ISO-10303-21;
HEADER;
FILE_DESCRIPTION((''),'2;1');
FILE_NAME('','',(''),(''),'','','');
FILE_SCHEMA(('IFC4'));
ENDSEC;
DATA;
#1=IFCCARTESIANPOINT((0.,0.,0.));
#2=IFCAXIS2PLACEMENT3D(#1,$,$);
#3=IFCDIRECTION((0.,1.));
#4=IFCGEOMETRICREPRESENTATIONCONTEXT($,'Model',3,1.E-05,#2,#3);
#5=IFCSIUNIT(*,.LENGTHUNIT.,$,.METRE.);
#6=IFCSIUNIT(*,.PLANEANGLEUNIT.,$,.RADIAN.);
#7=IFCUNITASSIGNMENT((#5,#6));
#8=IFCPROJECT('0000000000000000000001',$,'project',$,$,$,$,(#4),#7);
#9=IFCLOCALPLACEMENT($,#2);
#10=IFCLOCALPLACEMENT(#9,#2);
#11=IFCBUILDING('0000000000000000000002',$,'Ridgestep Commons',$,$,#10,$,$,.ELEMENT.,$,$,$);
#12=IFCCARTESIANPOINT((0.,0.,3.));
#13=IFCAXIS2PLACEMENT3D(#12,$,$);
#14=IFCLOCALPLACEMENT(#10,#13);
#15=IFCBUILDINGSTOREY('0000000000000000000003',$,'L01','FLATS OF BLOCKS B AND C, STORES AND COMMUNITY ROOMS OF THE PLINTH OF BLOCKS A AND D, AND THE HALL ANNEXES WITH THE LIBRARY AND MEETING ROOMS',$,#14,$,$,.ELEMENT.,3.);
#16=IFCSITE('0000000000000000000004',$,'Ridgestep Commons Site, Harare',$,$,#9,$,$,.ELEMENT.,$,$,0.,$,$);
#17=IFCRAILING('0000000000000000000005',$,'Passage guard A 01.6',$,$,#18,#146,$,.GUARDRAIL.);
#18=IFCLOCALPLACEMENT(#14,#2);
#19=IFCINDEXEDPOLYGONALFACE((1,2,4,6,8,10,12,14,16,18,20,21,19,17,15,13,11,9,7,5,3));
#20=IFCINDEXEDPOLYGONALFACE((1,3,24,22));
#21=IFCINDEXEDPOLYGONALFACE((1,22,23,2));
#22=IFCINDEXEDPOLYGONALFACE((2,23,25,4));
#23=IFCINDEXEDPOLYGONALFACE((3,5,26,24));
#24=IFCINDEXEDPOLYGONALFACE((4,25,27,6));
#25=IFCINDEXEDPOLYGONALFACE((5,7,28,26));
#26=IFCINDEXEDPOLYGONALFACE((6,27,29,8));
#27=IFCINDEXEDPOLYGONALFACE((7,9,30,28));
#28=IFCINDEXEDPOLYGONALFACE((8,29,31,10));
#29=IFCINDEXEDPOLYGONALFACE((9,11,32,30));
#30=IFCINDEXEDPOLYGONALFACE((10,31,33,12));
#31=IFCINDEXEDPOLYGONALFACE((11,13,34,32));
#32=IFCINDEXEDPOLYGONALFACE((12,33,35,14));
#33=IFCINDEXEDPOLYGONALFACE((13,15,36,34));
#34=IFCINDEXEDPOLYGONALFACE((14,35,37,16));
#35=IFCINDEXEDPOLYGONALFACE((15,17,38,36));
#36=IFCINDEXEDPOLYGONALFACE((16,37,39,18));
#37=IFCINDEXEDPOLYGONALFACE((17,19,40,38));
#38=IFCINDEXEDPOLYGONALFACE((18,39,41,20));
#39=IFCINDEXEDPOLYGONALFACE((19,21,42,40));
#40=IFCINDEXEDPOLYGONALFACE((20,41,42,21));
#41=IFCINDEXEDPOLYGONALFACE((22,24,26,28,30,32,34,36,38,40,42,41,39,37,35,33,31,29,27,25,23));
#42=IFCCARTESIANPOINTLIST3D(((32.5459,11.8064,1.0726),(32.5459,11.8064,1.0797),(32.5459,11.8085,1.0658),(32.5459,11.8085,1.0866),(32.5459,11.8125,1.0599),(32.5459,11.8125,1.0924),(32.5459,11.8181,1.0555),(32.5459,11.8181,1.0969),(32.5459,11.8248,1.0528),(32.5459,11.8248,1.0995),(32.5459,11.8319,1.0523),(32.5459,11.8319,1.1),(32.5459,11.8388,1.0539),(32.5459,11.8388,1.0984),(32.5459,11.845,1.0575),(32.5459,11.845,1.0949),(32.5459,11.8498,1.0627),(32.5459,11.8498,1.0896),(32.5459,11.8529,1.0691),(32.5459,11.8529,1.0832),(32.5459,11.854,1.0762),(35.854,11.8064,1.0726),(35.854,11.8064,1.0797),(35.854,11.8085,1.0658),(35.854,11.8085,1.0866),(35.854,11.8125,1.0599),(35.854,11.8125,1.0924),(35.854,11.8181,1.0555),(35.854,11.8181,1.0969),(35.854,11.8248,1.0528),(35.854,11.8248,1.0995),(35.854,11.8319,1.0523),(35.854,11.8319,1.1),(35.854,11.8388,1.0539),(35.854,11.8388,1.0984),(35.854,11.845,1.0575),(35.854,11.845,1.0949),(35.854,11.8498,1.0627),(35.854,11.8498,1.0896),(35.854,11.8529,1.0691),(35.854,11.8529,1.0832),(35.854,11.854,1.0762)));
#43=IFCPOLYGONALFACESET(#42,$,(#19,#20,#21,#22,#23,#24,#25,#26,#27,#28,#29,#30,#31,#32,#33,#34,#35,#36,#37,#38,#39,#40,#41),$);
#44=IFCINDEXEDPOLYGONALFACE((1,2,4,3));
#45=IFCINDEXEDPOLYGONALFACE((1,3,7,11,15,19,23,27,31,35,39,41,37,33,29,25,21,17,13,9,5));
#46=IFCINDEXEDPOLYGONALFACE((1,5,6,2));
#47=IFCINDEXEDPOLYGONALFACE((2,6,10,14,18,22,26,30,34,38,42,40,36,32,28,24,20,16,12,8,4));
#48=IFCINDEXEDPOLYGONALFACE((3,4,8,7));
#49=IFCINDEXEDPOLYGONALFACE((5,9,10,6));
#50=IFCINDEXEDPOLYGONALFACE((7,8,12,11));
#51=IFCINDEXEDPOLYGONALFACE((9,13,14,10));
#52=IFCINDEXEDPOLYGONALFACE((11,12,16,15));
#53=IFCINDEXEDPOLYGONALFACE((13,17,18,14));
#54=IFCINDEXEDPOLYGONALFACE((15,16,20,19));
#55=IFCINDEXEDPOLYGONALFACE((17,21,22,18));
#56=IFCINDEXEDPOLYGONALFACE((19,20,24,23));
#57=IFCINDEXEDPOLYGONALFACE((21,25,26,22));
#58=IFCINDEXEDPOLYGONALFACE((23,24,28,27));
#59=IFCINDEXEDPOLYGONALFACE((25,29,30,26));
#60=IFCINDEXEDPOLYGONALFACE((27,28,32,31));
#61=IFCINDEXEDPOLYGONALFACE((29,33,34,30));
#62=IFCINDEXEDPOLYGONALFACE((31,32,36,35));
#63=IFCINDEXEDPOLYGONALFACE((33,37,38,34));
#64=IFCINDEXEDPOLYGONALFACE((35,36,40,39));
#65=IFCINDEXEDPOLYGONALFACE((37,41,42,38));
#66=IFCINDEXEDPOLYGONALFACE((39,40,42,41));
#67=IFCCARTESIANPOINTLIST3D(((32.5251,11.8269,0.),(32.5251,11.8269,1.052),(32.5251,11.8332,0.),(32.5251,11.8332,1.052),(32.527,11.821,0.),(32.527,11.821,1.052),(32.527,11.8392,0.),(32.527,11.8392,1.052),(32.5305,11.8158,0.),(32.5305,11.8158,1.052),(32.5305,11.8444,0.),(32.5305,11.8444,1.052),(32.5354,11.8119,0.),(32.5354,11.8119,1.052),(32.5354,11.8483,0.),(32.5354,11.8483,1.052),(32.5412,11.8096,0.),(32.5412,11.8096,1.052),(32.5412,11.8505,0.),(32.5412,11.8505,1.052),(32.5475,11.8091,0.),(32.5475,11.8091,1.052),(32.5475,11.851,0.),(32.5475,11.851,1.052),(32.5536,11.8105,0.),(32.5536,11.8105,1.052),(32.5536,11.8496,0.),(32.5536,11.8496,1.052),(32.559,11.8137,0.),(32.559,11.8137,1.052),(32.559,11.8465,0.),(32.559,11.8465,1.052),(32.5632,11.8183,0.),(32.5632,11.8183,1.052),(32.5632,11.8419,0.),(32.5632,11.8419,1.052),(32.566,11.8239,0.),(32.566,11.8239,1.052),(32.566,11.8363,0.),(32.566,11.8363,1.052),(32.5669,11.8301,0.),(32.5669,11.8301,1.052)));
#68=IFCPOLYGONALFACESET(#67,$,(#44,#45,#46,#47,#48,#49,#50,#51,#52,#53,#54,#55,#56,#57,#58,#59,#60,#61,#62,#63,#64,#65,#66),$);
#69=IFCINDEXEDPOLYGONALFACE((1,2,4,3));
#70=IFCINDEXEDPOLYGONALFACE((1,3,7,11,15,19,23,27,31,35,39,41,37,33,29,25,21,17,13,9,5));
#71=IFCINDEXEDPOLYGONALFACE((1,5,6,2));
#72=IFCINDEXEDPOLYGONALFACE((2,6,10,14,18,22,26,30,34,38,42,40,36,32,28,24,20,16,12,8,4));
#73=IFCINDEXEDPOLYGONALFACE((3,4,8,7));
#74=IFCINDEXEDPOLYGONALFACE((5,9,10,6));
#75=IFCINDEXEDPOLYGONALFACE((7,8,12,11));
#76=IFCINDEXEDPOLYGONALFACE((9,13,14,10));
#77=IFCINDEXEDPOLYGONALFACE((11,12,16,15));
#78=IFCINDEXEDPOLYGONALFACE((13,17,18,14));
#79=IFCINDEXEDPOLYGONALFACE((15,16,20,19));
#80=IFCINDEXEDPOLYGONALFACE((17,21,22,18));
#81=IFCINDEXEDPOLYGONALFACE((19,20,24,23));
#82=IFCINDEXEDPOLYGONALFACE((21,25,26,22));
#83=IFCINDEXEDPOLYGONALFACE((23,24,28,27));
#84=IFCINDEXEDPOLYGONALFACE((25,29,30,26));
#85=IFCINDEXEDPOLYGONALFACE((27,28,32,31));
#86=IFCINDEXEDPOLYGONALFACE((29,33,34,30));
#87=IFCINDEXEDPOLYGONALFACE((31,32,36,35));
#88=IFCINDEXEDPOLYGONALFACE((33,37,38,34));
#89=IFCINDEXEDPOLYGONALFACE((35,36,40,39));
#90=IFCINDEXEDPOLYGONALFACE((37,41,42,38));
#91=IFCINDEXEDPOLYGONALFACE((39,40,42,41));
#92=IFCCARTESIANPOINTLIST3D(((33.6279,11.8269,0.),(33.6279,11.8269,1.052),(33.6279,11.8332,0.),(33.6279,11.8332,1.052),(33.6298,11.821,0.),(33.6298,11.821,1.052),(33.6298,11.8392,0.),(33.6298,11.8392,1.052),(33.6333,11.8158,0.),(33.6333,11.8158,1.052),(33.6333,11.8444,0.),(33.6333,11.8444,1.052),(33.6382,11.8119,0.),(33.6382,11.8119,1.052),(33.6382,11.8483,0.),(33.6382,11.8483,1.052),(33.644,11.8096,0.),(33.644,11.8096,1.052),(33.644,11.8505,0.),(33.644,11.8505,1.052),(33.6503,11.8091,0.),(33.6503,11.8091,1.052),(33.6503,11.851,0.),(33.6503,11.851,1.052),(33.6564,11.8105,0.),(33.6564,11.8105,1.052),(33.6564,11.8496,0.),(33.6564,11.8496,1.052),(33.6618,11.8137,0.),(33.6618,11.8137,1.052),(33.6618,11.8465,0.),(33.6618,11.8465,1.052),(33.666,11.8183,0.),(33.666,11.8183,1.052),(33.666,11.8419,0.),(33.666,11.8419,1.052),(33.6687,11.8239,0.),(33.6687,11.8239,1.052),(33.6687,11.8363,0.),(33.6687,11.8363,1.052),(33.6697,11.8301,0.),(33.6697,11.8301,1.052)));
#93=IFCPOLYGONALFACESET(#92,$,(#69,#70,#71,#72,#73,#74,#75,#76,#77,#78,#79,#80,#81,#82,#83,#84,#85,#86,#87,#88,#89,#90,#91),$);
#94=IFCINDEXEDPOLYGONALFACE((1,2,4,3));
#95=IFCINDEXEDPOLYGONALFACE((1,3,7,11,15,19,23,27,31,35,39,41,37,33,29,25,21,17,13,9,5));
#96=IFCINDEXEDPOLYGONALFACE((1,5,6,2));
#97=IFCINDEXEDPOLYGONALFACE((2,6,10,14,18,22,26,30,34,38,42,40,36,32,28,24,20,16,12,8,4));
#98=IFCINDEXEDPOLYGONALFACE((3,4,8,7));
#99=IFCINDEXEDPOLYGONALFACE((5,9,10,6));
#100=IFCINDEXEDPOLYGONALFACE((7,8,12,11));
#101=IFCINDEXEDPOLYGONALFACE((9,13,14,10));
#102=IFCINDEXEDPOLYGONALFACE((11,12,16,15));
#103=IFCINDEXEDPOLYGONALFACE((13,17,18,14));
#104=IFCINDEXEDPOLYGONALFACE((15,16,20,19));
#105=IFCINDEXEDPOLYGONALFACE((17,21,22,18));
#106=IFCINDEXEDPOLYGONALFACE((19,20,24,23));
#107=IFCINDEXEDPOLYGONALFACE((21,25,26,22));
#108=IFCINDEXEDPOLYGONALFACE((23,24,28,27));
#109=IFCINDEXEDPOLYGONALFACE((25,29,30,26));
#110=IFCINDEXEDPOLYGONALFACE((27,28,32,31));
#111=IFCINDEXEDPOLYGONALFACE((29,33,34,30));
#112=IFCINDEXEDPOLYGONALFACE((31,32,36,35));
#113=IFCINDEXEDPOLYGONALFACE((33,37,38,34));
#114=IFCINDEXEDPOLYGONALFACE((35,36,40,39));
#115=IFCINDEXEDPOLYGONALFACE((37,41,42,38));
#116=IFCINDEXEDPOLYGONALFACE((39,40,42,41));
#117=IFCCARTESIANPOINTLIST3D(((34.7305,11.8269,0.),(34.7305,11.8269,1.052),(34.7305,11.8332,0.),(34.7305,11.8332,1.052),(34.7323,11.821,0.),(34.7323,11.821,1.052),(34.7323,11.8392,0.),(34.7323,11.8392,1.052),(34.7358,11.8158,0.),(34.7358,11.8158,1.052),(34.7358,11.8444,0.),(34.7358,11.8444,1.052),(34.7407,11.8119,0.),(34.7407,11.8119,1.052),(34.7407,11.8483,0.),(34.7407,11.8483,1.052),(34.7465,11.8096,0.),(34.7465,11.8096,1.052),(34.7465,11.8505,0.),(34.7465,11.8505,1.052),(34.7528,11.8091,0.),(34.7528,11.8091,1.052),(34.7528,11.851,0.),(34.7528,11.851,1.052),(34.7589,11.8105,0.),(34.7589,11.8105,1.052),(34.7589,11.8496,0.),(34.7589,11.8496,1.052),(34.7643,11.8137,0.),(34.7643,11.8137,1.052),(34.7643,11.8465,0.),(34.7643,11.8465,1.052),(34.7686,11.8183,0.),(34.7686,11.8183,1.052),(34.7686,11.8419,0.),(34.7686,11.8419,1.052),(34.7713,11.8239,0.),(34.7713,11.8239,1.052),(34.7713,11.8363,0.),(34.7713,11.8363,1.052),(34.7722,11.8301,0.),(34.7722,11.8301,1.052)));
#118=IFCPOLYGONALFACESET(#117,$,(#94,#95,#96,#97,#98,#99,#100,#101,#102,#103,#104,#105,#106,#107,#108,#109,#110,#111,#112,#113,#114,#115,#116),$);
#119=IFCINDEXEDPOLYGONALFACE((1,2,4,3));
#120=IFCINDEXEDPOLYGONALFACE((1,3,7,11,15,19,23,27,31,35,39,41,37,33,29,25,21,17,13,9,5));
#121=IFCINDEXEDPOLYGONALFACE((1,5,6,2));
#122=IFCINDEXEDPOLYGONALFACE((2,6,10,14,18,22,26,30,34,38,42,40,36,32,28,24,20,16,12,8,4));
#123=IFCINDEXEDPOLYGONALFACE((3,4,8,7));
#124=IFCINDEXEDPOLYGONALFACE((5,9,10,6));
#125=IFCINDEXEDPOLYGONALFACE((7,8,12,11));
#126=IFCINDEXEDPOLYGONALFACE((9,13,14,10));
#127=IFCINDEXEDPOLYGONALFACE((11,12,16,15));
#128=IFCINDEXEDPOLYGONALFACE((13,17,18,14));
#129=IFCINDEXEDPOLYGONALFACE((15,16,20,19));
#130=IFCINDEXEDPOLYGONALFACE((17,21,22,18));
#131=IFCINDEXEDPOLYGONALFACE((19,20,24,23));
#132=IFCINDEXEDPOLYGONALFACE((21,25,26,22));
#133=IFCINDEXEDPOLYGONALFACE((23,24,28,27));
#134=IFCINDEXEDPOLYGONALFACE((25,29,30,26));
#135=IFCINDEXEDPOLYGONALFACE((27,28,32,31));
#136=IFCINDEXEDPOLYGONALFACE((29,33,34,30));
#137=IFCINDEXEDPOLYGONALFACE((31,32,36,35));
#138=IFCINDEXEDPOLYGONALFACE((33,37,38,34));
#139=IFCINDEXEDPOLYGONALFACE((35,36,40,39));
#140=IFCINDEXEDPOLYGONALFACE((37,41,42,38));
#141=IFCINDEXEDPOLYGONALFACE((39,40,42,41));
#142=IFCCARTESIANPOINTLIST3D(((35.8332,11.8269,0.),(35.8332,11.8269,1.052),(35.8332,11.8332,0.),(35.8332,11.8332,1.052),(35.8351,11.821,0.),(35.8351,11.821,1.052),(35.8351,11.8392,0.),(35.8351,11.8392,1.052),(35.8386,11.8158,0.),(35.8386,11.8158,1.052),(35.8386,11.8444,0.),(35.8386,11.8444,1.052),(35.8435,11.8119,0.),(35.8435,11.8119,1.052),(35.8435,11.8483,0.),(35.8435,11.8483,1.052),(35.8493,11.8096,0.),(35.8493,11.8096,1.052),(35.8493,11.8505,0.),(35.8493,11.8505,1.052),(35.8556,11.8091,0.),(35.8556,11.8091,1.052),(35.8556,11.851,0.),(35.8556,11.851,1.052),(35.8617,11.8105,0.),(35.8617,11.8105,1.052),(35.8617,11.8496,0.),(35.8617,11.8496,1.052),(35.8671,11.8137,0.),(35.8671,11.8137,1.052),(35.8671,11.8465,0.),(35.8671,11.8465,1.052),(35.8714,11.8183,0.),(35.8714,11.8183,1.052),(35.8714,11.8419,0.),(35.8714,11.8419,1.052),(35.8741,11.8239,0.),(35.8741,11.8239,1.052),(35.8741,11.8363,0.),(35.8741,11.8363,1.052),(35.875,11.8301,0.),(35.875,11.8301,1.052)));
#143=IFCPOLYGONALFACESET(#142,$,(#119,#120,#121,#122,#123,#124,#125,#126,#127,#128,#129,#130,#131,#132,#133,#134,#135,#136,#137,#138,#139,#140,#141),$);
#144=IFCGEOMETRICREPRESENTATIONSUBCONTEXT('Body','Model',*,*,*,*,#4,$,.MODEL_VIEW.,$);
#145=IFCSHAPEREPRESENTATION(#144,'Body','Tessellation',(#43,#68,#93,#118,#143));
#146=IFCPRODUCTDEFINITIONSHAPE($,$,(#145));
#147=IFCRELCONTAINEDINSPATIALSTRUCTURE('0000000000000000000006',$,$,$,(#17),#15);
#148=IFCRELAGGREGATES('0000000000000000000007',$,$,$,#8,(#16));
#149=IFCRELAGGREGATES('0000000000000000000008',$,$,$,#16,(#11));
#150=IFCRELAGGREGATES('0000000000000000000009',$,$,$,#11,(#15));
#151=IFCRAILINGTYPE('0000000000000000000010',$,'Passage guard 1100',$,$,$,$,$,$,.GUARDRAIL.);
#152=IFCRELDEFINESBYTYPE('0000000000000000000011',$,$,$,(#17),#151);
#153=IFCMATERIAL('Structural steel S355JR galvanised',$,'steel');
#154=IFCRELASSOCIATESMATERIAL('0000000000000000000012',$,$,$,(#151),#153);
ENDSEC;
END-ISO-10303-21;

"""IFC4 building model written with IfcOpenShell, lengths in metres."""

from ifc_helpers import new_model, si_unit, direction, frame, origin, origin_2d, place, context, subcontext, project, spatial, circle, extrude, material, type_object, element, save


model = new_model("IFC4")

# Units and contexts
model_context = context("Model", 3, precision=1e-05, world=origin(), true_north=direction((0.0, 1.0)))
body_context = subcontext(model_context, "Body", "Model", "MODEL_VIEW")
ifc_project = project(units=[si_unit("LENGTHUNIT", "METRE"), si_unit("PLANEANGLEUNIT", "RADIAN")], contexts=[model_context])

# Site, building, storey
site_placement = place(None, origin())
site = spatial("IfcSite", under=ifc_project, at=site_placement, Name="Ridgestep Commons Site, Harare", CompositionType="ELEMENT", RefElevation=0.0)
building_placement = place(site_placement, origin())
building = spatial("IfcBuilding", under=site, at=building_placement, Name="Ridgestep Commons", CompositionType="ELEMENT")
storey_placement = place(building_placement, frame((0.0, 0.0, 3.0)))
storey = spatial("IfcBuildingStorey", under=building, at=storey_placement, Name="L01", Description="FLATS OF BLOCKS B AND C, STORES AND COMMUNITY ROOMS OF THE PLINTH OF BLOCKS A AND D, AND THE HALL ANNEXES WITH THE LIBRARY AND MEETING ROOMS", CompositionType="ELEMENT", Elevation=3.0)

# Railing
ifc_material_1 = material(Name="Structural steel S355JR galvanised", Category="steel")
railing_type = type_object("IfcRailingType", Name="Passage guard 1100", PredefinedType="GUARDRAIL", material=ifc_material_1)
railing_1_placement = place(storey_placement, frame((32.5459, 11.8301, 0.0)))
element("IfcRailing", 1, at=railing_1_placement, inside=storey, type_object=railing_type, Name="Passage guard A 01.6", PredefinedType="GUARDRAIL", context=body_context, shape_type="SweptSolid", body=[
    extrude(circle(Radius=0.0239, at=origin_2d()), frame((0.0, 0.0, 1.0762), z_axis=(1.0, 0.0, 0.0), x_axis=(0.0, 1.0, 0.0)), (0.0, 0.0, 1.0), 3.3081),
    extrude(circle(Radius=0.021, at=origin_2d()), origin(), (0.0, 0.0, 1.0), 1.052),
    extrude(circle(Radius=0.021, at=origin_2d()), frame((1.1028, 0.0, 0.0)), (0.0, 0.0, 1.0), 1.052),
    extrude(circle(Radius=0.021, at=origin_2d()), frame((2.2053, 0.0, 0.0)), (0.0, 0.0, 1.0), 1.052),
    extrude(circle(Radius=0.021, at=origin_2d()), frame((3.3081, 0.0, 0.0)), (0.0, 0.0, 1.0), 1.052),
])

save(model, "model.ifc")
